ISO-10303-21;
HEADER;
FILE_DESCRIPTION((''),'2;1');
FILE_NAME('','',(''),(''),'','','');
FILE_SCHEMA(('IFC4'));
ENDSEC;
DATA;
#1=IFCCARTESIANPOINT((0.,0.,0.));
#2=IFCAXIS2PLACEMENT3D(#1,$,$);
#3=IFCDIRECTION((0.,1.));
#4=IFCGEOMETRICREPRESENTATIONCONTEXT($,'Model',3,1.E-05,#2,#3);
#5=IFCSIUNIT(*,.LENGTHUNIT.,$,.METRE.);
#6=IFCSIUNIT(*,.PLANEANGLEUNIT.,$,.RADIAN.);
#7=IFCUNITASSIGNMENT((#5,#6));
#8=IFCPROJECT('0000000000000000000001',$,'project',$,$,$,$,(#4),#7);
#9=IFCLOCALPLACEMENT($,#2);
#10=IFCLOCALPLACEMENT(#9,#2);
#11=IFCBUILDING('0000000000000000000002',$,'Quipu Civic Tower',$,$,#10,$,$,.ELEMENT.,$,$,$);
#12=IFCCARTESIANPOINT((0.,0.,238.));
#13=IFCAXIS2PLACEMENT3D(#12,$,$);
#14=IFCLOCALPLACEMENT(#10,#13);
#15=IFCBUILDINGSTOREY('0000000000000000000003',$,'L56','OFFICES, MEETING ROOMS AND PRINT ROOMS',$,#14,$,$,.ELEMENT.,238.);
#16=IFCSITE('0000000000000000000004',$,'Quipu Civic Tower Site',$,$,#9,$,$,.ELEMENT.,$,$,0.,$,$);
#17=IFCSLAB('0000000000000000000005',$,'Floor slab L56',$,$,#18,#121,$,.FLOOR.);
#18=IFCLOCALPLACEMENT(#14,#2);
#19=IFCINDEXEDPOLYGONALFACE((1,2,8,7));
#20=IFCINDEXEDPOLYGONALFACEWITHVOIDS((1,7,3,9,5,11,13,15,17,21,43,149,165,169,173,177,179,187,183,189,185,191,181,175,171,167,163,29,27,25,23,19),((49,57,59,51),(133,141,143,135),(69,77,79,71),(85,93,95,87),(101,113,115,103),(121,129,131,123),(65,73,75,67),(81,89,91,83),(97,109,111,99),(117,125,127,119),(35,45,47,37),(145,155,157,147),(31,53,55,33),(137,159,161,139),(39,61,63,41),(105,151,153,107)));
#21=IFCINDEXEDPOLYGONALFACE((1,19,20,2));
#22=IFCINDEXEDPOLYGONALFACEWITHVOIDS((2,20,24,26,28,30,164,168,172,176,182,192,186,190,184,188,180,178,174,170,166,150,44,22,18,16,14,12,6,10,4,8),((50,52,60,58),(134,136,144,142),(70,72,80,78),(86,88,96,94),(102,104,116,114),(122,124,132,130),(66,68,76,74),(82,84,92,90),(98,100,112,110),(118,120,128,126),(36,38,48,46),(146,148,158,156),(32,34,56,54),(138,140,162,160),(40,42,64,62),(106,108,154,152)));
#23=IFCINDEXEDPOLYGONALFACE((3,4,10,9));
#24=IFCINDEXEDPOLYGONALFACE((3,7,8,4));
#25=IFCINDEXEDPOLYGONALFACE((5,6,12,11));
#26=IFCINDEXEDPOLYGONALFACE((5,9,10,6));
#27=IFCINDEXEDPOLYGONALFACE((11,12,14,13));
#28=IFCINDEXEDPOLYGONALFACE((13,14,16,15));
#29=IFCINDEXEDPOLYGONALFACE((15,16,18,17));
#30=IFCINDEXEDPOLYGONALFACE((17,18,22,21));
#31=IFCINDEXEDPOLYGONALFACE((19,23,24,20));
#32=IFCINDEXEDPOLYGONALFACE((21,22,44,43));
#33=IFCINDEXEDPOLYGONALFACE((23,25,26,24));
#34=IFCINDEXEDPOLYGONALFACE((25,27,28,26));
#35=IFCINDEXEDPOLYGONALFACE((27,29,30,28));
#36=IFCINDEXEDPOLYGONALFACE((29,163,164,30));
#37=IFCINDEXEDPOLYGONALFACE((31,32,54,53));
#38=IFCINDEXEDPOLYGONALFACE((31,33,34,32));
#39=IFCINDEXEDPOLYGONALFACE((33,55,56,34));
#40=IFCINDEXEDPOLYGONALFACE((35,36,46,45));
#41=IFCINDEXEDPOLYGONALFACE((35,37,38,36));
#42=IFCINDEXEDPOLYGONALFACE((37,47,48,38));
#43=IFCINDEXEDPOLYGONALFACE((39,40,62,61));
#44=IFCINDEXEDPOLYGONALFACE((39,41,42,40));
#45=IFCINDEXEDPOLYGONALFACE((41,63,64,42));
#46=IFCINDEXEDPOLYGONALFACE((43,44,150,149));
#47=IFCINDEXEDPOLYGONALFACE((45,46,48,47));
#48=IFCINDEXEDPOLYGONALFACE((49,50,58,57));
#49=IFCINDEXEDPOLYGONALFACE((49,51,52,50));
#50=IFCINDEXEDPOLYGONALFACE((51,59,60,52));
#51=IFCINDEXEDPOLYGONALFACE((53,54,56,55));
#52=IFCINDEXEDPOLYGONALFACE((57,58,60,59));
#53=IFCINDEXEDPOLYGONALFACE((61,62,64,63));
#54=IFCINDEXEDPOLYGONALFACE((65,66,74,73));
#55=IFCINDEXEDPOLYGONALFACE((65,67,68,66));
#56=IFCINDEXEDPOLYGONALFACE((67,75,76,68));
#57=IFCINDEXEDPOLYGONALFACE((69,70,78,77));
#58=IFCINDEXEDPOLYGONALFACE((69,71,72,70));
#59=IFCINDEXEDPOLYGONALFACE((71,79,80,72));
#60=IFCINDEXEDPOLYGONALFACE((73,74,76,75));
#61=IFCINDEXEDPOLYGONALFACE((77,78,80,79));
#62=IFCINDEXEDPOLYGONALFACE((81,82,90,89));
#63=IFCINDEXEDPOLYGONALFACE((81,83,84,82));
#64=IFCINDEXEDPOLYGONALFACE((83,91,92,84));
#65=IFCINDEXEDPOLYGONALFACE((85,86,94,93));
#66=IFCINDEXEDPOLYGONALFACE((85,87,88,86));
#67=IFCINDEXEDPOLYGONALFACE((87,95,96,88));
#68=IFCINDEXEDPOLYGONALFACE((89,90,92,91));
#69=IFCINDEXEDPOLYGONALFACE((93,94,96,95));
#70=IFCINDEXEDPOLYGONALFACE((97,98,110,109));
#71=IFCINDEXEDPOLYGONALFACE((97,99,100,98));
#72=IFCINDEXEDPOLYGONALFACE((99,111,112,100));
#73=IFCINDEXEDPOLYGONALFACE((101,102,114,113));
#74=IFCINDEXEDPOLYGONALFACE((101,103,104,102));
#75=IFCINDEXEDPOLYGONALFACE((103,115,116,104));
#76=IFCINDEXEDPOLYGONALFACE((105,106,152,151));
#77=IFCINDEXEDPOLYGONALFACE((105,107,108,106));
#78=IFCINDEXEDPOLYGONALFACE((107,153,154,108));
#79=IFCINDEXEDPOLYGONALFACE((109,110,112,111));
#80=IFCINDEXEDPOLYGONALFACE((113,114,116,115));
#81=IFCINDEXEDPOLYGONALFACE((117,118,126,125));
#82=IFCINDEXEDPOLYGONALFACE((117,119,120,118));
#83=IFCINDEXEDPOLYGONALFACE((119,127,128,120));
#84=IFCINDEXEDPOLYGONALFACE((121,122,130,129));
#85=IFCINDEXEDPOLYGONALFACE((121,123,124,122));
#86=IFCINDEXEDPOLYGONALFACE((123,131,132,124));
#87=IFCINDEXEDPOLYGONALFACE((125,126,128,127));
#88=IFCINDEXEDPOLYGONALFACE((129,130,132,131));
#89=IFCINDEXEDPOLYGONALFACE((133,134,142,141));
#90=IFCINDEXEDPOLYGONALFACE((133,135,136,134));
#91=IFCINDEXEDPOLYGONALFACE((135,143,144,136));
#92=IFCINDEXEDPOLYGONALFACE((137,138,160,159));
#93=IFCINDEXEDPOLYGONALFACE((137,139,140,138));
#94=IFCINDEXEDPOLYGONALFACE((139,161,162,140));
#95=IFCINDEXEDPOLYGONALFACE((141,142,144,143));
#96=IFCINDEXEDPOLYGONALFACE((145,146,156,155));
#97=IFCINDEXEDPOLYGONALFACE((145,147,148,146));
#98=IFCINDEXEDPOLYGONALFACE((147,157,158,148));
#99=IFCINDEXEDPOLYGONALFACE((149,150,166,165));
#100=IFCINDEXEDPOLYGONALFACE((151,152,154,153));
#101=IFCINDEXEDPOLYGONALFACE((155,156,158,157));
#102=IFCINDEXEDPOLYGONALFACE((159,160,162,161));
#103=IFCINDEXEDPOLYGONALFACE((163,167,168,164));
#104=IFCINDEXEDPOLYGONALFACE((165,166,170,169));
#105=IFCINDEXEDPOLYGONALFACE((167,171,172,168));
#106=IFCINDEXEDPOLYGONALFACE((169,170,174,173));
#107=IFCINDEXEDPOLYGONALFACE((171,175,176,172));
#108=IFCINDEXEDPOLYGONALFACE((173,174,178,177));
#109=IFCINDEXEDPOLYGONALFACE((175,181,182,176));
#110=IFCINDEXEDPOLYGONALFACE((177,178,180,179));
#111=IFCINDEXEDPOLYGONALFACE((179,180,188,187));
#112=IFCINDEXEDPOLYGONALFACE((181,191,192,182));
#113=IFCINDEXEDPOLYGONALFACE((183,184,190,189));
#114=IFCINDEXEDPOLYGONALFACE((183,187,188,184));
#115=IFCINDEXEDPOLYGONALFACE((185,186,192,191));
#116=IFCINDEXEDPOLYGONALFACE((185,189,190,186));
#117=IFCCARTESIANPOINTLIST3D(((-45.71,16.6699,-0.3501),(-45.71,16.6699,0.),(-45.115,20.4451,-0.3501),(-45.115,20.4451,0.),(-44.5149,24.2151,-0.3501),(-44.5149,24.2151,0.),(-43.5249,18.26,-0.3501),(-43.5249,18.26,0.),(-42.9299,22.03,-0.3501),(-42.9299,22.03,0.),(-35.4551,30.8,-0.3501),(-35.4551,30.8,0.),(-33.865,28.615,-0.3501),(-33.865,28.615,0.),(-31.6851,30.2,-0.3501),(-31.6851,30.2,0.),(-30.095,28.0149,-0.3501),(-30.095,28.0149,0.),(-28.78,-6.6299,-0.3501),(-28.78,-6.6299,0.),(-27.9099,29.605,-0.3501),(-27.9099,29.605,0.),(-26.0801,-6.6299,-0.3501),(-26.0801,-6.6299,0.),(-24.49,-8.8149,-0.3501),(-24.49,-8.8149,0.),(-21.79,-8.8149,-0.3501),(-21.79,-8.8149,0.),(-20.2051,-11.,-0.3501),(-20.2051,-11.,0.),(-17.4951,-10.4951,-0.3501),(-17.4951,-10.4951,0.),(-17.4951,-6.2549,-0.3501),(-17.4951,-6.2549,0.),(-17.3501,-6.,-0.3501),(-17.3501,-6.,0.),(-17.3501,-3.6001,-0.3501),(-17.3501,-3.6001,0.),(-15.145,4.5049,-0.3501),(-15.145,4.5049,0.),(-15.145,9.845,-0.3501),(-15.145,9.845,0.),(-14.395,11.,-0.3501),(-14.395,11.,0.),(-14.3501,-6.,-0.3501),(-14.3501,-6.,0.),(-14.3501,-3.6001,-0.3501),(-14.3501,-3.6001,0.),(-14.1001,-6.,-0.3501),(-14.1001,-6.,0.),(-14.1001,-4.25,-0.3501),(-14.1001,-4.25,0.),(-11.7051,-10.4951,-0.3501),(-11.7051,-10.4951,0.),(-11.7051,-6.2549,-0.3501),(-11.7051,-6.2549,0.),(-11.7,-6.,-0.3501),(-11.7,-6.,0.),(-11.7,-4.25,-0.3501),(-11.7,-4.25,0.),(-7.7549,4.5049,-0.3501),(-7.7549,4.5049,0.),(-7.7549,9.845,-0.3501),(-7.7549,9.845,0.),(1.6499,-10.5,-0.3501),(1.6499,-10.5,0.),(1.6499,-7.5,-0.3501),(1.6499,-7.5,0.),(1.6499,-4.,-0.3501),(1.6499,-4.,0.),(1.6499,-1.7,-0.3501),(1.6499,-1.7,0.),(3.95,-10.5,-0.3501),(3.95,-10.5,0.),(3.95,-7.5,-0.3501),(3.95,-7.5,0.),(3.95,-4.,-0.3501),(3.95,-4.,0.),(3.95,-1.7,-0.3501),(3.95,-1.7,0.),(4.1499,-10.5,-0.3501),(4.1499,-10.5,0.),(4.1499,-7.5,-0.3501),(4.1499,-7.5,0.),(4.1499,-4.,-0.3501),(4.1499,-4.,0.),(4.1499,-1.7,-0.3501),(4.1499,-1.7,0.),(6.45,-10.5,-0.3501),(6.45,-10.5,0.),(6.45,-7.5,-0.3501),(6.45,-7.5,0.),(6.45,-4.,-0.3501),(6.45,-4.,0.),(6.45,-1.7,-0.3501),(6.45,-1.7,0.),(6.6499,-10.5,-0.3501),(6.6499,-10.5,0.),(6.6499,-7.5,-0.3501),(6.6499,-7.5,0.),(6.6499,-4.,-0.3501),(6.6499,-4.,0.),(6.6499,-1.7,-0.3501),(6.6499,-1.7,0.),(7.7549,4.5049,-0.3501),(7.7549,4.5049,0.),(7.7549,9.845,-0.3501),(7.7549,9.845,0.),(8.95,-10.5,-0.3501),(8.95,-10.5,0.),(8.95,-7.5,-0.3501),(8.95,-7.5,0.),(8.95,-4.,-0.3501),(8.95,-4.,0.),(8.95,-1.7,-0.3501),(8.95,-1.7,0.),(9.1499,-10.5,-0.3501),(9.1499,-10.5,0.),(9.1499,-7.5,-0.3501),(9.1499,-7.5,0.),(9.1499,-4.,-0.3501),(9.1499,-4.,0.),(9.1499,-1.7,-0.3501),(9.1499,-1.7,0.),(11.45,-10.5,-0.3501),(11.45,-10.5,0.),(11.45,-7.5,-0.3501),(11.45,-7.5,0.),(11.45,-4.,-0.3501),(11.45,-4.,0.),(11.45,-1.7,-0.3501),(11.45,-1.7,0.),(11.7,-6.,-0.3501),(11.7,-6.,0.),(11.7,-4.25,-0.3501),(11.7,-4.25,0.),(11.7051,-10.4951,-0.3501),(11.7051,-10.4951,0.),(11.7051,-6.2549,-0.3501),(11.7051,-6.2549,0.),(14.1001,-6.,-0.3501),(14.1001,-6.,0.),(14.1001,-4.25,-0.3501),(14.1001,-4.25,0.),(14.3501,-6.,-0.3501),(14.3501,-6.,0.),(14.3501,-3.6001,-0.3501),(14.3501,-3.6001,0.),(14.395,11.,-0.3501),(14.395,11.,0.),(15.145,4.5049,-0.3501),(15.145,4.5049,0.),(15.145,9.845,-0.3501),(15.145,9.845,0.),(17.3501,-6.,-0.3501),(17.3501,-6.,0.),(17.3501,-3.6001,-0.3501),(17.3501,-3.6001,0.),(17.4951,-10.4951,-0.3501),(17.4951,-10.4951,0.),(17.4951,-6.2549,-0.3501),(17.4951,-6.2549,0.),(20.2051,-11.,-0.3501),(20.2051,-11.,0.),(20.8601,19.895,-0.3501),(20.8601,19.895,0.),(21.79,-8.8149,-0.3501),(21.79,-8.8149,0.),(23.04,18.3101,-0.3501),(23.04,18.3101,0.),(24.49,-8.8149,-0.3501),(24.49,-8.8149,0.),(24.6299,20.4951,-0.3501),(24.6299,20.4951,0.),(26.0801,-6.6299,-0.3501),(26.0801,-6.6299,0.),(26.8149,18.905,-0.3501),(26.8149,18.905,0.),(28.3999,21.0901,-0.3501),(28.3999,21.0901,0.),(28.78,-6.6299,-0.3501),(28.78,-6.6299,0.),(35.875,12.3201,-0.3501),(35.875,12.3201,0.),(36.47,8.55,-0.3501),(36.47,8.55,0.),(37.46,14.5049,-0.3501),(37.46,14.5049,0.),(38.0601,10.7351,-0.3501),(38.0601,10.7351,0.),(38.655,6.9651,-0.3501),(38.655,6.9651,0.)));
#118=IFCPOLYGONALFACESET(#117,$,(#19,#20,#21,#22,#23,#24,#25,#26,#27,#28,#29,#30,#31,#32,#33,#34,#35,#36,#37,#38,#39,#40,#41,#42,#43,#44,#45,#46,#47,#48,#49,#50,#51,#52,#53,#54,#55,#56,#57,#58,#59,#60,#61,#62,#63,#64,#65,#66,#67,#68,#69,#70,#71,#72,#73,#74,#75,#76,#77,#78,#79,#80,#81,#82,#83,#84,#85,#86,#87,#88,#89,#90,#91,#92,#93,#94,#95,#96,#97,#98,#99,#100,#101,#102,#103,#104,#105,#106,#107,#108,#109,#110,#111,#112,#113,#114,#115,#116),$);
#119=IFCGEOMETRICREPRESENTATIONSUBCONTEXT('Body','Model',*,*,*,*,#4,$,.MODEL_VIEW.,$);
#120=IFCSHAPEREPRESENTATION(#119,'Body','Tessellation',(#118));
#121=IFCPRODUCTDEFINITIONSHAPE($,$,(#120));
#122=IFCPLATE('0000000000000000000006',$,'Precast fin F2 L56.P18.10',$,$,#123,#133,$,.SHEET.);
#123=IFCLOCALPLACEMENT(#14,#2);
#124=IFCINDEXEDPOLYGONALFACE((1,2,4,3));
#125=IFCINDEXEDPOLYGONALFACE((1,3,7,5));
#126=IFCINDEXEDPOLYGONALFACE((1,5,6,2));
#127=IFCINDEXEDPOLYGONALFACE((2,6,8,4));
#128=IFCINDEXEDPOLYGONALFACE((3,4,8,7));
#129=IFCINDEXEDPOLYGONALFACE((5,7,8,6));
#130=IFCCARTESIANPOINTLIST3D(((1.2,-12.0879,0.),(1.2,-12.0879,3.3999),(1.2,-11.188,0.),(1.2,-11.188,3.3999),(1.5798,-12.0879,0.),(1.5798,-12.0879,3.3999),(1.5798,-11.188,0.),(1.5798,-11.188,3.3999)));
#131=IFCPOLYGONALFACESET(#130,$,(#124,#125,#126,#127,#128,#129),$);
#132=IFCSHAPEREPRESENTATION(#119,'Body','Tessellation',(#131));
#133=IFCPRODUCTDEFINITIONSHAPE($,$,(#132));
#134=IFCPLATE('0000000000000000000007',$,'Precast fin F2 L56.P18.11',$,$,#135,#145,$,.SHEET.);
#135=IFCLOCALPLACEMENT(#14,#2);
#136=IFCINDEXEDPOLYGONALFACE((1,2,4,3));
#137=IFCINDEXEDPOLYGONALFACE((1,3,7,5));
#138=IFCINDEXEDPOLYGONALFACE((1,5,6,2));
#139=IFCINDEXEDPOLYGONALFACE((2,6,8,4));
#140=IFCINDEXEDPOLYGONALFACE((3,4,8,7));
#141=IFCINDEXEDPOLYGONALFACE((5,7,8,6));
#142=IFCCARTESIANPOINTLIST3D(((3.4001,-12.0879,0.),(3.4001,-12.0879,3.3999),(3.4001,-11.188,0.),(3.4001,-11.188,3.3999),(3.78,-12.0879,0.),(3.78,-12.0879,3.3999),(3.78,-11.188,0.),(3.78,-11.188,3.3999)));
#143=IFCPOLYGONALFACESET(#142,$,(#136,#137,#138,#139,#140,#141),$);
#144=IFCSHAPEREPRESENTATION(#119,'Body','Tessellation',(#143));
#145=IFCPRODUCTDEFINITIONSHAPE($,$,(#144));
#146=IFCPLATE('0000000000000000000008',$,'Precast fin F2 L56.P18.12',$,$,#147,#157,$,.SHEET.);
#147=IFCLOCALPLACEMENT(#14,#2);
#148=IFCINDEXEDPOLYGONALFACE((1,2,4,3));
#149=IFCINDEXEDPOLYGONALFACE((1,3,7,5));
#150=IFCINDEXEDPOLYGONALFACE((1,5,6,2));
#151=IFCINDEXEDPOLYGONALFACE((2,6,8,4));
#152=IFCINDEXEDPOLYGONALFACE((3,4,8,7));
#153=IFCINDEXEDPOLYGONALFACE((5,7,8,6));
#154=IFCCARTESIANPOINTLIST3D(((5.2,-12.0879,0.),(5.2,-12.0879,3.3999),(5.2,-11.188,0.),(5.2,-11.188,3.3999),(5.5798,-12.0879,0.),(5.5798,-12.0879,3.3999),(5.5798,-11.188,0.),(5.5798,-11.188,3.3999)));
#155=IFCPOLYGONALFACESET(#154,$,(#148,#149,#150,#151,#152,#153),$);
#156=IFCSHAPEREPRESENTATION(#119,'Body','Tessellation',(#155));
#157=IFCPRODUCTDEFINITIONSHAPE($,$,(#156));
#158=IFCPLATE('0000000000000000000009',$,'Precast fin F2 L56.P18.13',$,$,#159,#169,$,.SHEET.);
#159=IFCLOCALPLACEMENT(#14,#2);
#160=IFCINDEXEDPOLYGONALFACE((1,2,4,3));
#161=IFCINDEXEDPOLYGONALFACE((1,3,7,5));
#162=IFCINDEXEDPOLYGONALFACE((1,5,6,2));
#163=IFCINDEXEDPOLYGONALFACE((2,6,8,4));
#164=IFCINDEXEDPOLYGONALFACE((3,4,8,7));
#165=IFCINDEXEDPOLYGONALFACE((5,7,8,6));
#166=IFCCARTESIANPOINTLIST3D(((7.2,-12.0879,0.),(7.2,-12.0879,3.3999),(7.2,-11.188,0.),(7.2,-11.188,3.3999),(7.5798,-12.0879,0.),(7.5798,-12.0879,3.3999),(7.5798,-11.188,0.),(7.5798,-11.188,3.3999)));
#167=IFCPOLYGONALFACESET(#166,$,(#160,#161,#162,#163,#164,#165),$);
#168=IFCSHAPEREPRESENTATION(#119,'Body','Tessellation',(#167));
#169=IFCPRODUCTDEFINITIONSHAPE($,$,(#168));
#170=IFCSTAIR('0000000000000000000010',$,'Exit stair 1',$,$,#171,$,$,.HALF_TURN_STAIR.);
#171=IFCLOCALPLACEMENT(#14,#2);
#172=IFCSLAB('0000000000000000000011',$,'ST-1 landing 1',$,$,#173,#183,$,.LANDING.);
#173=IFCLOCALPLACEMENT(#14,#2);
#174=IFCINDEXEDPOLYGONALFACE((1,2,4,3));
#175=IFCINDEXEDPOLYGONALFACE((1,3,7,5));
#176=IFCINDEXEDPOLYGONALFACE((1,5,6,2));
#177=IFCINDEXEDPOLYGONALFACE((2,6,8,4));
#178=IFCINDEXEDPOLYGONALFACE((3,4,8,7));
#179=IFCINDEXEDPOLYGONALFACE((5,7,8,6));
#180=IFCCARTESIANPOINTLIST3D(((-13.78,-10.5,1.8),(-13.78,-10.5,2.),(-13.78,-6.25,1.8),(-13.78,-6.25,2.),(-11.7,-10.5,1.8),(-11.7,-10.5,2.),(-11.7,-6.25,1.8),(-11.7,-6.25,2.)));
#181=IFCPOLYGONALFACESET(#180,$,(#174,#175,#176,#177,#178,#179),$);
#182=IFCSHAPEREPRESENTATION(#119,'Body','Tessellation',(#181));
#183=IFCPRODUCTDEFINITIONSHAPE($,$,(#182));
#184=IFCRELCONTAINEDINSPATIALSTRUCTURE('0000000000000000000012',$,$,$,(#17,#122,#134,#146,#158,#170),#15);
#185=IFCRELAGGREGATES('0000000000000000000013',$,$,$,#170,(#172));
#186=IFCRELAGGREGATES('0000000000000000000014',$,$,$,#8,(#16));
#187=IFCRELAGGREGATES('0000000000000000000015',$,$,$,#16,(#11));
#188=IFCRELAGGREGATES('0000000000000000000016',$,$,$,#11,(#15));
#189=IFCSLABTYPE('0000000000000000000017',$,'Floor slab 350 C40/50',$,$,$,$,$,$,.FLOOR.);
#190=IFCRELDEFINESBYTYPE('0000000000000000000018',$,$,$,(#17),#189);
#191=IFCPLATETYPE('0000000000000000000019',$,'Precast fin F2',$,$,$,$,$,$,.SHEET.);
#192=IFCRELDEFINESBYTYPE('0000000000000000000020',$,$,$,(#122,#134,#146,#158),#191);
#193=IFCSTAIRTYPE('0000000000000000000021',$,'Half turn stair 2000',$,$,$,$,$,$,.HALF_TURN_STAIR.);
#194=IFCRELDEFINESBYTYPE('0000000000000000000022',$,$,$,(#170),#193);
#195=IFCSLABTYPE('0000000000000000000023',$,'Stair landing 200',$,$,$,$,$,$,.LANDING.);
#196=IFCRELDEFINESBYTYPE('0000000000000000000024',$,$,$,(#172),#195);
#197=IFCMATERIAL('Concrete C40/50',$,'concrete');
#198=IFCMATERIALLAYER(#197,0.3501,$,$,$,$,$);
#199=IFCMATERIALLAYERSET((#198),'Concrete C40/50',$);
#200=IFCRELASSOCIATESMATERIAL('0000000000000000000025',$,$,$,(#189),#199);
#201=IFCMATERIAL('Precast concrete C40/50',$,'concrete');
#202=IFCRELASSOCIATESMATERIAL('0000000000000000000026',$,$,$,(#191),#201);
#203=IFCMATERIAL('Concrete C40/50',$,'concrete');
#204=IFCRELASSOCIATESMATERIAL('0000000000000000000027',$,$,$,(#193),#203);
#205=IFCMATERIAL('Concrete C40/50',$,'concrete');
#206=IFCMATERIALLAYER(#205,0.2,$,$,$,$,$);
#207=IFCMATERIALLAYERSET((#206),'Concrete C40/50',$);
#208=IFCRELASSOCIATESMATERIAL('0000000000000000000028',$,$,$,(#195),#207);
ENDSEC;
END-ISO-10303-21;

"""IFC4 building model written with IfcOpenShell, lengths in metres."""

from ifc_helpers import new_model, si_unit, direction, frame, origin, origin_2d, place, context, subcontext, project, spatial, polyline, rectangle, outline, extrude, material, layer, layer_set, type_object, element, aggregate, save


model = new_model("IFC4")

# Units and contexts
model_context = context("Model", 3, precision=1e-05, world=origin(), true_north=direction((0.0, 1.0)))
body_context = subcontext(model_context, "Body", "Model", "MODEL_VIEW")
ifc_project = project(units=[si_unit("LENGTHUNIT", "METRE"), si_unit("PLANEANGLEUNIT", "RADIAN")], contexts=[model_context])

# Site, building, storey
site_placement = place(None, origin())
site = spatial("IfcSite", under=ifc_project, at=site_placement, Name="Quipu Civic Tower Site", CompositionType="ELEMENT", RefElevation=0.0)
building_placement = place(site_placement, origin())
building = spatial("IfcBuilding", under=site, at=building_placement, Name="Quipu Civic Tower", CompositionType="ELEMENT")
storey_placement = place(building_placement, frame((0.0, 0.0, 238.0)))
storey = spatial("IfcBuildingStorey", under=building, at=storey_placement, Name="L56", Description="OFFICES, MEETING ROOMS AND PRINT ROOMS", CompositionType="ELEMENT", Elevation=238.0)

# Slab
ifc_material_1 = material(Name="Concrete C40/50", Category="concrete")
ifc_layer_1 = layer(ifc_material_1, 0.3501)
ifc_layer_set_1 = layer_set([ifc_layer_1], Name="Concrete C40/50")
slab_type_1 = type_object("IfcSlabType", Name="Floor slab 350 C40/50", PredefinedType="FLOOR", material=ifc_layer_set_1)
slab_1_placement = place(storey_placement, frame((0.0, 0.0, -0.3501)))
element("IfcSlab", 1, at=slab_1_placement, inside=storey, type_object=slab_type_1, Name="Floor slab L56", PredefinedType="FLOOR", context=body_context, shape_type="SweptSolid", body=[
    extrude(outline(polyline([(20.8601, 19.895), (23.04, 18.3101), (24.6299, 20.4951), (26.8149, 18.905), (28.3999, 21.0901), (37.46, 14.5049), (35.875, 12.3201), (38.0601, 10.7351), (36.47, 8.55), (38.655, 6.9651), (28.78, -6.6299), (26.0801, -6.6299), (24.49, -8.8149), (21.79, -8.8149), (20.2051, -11.0), (-20.2051, -11.0), (-21.79, -8.8149), (-24.49, -8.8149), (-26.0801, -6.6299), (-28.78, -6.6299), (-45.71, 16.6699), (-43.5249, 18.26), (-45.115, 20.4451), (-42.9299, 22.03), (-44.5149, 24.2151), (-35.4551, 30.8), (-33.865, 28.615), (-31.6851, 30.2), (-30.095, 28.0149), (-27.9099, 29.605), (-14.395, 11.0), (14.395, 11.0), (20.8601, 19.895)]), holes=[polyline([(1.6499, -7.5), (1.6499, -10.5), (3.95, -10.5), (3.95, -7.5), (1.6499, -7.5)]), polyline([(4.1499, -7.5), (4.1499, -10.5), (6.45, -10.5), (6.45, -7.5), (4.1499, -7.5)]), polyline([(-11.7051, -6.2549), (-17.4951, -6.2549), (-17.4951, -10.4951), (-11.7051, -10.4951), (-11.7051, -6.2549)]), polyline([(-14.1001, -4.25), (-14.1001, -6.0), (-11.7, -6.0), (-11.7, -4.25), (-14.1001, -4.25)]), polyline([(-17.3501, -3.6001), (-17.3501, -6.0), (-14.3501, -6.0), (-14.3501, -3.6001), (-17.3501, -3.6001)]), polyline([(1.6499, -1.7), (1.6499, -4.0), (3.95, -4.0), (3.95, -1.7), (1.6499, -1.7)]), polyline([(4.1499, -1.7), (4.1499, -4.0), (6.45, -4.0), (6.45, -1.7), (4.1499, -1.7)]), polyline([(-7.7549, 9.845), (-15.145, 9.845), (-15.145, 4.5049), (-7.7549, 4.5049), (-7.7549, 9.845)]), polyline([(6.6499, -7.5), (6.6499, -10.5), (8.95, -10.5), (8.95, -7.5), (6.6499, -7.5)]), polyline([(9.1499, -7.5), (9.1499, -10.5), (11.45, -10.5), (11.45, -7.5), (9.1499, -7.5)]), polyline([(11.7051, -10.4951), (17.4951, -10.4951), (17.4951, -6.2549), (11.7051, -6.2549), (11.7051, -10.4951)]), polyline([(11.7, -4.25), (11.7, -6.0), (14.1001, -6.0), (14.1001, -4.25), (11.7, -4.25)]), polyline([(14.3501, -3.6001), (14.3501, -6.0), (17.3501, -6.0), (17.3501, -3.6001), (14.3501, -3.6001)]), polyline([(6.6499, -1.7), (6.6499, -4.0), (8.95, -4.0), (8.95, -1.7), (6.6499, -1.7)]), polyline([(9.1499, -1.7), (9.1499, -4.0), (11.45, -4.0), (11.45, -1.7), (9.1499, -1.7)]), polyline([(7.7549, 4.5049), (15.145, 4.5049), (15.145, 9.845), (7.7549, 9.845), (7.7549, 4.5049)])]), origin(), (0.0, 0.0, 1.0), 0.3501),
])

# Plates
ifc_material_2 = material(Name="Precast concrete C40/50", Category="concrete")
plate_type = type_object("IfcPlateType", Name="Precast fin F2", PredefinedType="SHEET", material=ifc_material_2)
for number, where, z_axis, x_axis, name in (
    (2, (1.3899, -11.6379, 0.0), (0.0, 0.0, 1.0), (1.0, 0.0, 0.0), "Precast fin F2 L56.P18.10"),
    (3, (3.5901, -11.6379, 0.0), (0.0, 0.0, 1.0), (1.0, 0.0, 0.0), "Precast fin F2 L56.P18.11"),
    (4, (5.3899, -11.6379, 0.0), (0.0, 0.0, 1.0), (1.0, 0.0, 0.0), "Precast fin F2 L56.P18.12"),
    (5, (7.3899, -11.6379, 0.0), (0.0, 0.0, 1.0), (1.0, 0.0, 0.0), "Precast fin F2 L56.P18.13"),
):
    element("IfcPlate", number, at=place(storey_placement, frame(where, z_axis=z_axis, x_axis=x_axis)), inside=storey, type_object=plate_type, Name=name, PredefinedType="SHEET", context=body_context, shape_type="SweptSolid", body=[
        extrude(rectangle(XDim=0.3799, YDim=0.8999, at=origin_2d()), origin(), (0.0, 0.0, 1.0), 3.3999),
    ])

# Stair, slab
ifc_material_3 = material(Name="Concrete C40/50", Category="concrete")
stair_type_1 = type_object("IfcStairType", Name="Half turn stair 2000", PredefinedType="HALF_TURN_STAIR", material=ifc_material_3)
stair_1_placement = place(storey_placement, origin())
stair_1 = element("IfcStair", 6, at=stair_1_placement, inside=storey, type_object=stair_type_1, Name="Exit stair 1", PredefinedType="HALF_TURN_STAIR")
ifc_material_4 = material(Name="Concrete C40/50", Category="concrete")
ifc_layer_2 = layer(ifc_material_4, 0.2)
ifc_layer_set_2 = layer_set([ifc_layer_2], Name="Concrete C40/50")
slab_type_2 = type_object("IfcSlabType", Name="Stair landing 200", PredefinedType="LANDING", material=ifc_layer_set_2)
slab_2_placement = place(storey_placement, frame((0.0, 0.0, 1.8)))
slab_2 = element("IfcSlab", 7, at=slab_2_placement, type_object=slab_type_2, Name="ST-1 landing 1", PredefinedType="LANDING", context=body_context, shape_type="SweptSolid", body=[
    extrude(outline(polyline([(-13.78, -10.5), (-11.7, -10.5), (-11.7, -6.25), (-13.78, -6.25), (-13.78, -10.5)])), origin(), (0.0, 0.0, 1.0), 0.2),
])
aggregate(stair_1, [slab_2])

save(model, "model.ifc")
